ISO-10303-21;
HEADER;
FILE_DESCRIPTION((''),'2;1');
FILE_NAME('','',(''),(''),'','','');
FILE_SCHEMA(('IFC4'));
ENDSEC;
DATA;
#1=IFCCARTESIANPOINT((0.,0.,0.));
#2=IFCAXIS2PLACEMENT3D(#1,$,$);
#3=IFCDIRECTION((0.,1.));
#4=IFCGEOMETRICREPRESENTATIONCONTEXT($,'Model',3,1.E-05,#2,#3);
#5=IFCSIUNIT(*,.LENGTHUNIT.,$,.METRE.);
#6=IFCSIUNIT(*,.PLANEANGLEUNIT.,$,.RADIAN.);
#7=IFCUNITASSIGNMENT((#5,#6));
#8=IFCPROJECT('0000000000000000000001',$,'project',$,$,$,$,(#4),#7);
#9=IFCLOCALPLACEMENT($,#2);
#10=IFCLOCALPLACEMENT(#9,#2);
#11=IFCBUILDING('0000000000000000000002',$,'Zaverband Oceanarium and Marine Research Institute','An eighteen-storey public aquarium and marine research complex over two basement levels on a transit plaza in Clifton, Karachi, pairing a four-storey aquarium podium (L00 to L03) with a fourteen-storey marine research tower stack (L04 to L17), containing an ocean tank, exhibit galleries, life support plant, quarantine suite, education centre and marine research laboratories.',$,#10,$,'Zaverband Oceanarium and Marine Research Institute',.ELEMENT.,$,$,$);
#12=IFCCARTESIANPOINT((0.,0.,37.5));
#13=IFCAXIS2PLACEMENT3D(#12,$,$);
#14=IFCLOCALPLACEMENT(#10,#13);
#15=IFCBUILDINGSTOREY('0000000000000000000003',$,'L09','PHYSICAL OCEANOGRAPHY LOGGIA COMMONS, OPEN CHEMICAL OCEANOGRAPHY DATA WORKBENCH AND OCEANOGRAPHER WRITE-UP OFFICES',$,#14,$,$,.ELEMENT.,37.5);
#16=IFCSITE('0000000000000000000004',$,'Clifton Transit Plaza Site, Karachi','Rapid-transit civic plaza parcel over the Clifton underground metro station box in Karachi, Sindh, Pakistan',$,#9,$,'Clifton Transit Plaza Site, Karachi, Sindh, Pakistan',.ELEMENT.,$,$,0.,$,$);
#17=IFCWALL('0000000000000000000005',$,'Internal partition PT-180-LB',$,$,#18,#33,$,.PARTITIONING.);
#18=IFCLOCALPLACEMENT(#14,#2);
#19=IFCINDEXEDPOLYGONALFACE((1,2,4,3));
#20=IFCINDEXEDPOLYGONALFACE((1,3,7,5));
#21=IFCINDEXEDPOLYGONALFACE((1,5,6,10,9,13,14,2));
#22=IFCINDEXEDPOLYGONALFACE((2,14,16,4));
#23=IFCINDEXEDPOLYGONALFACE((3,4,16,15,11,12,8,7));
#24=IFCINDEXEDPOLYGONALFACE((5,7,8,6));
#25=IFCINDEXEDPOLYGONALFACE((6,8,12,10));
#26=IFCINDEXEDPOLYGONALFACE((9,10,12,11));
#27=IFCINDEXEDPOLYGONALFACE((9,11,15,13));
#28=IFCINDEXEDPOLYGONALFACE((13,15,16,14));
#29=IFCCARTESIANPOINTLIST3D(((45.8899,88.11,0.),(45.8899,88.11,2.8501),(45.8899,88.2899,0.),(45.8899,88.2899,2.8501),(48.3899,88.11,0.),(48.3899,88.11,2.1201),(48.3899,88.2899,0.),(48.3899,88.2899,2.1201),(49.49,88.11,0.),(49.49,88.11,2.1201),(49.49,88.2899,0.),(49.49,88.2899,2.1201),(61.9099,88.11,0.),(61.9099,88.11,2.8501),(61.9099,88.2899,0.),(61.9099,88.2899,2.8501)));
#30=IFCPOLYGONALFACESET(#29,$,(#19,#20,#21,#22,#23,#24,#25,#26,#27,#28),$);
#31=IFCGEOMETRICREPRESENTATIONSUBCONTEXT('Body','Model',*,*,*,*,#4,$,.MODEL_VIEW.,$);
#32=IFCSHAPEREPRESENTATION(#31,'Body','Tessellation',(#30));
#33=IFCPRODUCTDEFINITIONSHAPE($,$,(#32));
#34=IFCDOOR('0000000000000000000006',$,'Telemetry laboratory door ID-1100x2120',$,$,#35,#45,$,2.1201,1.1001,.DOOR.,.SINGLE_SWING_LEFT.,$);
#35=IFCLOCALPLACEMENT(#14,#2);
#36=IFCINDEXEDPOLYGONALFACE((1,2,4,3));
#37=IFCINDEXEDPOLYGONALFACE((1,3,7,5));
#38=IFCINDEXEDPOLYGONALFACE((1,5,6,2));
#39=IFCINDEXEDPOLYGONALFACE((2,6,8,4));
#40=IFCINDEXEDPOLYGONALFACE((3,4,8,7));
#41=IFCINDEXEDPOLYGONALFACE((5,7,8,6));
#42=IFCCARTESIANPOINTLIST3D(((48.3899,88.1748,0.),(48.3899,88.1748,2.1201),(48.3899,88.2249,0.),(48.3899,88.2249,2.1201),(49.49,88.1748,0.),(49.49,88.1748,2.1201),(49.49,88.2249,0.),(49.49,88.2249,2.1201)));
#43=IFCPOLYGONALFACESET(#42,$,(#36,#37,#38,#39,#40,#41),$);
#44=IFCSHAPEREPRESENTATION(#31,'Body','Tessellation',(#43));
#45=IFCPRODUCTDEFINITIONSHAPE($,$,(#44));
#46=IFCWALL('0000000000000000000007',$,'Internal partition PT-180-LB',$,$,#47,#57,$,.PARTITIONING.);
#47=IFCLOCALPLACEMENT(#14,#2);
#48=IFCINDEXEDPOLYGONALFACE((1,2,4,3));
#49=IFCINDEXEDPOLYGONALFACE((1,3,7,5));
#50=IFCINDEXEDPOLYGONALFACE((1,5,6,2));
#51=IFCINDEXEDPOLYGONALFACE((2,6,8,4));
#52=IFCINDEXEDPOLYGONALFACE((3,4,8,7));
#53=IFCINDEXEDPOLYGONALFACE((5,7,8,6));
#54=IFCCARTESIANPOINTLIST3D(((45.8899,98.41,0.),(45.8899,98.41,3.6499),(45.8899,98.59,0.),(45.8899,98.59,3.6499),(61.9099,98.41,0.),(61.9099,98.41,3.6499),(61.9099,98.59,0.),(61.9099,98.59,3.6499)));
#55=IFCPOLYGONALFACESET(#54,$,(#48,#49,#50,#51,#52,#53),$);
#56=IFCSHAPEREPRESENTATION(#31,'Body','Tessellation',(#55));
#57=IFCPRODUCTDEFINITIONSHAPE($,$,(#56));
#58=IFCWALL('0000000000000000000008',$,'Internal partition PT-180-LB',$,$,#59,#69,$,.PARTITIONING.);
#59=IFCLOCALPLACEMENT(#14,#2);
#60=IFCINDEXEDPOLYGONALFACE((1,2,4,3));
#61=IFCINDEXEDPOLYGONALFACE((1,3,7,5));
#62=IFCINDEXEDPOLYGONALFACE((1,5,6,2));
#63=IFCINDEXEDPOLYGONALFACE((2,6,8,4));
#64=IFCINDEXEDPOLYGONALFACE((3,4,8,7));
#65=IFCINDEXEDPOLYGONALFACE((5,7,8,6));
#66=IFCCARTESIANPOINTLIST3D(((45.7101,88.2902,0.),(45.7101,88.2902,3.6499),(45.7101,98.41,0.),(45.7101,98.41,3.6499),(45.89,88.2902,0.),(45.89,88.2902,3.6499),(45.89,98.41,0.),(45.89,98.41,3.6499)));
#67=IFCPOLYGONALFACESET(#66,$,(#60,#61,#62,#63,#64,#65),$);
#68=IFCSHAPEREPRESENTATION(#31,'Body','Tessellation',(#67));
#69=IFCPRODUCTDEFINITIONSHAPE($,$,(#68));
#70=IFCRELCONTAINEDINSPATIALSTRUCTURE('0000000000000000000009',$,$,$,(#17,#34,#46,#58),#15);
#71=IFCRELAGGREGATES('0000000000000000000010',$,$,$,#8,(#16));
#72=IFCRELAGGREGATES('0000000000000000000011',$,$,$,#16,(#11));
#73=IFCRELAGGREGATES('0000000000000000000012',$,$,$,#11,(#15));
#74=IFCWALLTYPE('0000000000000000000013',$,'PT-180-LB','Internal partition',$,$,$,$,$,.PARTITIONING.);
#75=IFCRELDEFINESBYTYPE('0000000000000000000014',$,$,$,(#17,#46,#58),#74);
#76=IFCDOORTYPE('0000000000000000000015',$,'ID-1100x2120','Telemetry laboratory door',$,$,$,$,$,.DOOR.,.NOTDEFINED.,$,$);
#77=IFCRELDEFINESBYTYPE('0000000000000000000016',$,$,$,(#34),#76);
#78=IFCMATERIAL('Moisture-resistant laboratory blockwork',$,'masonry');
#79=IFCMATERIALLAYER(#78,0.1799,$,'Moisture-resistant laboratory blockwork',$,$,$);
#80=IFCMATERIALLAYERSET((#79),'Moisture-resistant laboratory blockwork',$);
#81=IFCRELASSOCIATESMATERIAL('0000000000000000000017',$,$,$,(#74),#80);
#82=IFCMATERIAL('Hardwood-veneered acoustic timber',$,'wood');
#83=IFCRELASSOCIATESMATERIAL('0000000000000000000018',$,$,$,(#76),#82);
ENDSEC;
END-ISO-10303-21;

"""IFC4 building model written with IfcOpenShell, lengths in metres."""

from ifc_helpers import new_model, si_unit, direction, frame, frame_2d, origin, place, context, subcontext, project, spatial, rectangle, extrude, material, layer, layer_set, type_object, element, fill, save


model = new_model("IFC4")

# Units and contexts
model_context = context("Model", 3, precision=1e-05, world=origin(), true_north=direction((0.0, 1.0)))
body_context = subcontext(model_context, "Body", "Model", "MODEL_VIEW")
ifc_project = project(units=[si_unit("LENGTHUNIT", "METRE"), si_unit("PLANEANGLEUNIT", "RADIAN")], contexts=[model_context])

# Site, building, storey
site_placement = place(None, origin())
site = spatial("IfcSite", under=ifc_project, at=site_placement, Name="Clifton Transit Plaza Site, Karachi", Description="Rapid-transit civic plaza parcel over the Clifton underground metro station box in Karachi, Sindh, Pakistan", LongName="Clifton Transit Plaza Site, Karachi, Sindh, Pakistan", CompositionType="ELEMENT", RefElevation=0.0)
building_placement = place(site_placement, origin())
building = spatial("IfcBuilding", under=site, at=building_placement, Name="Zaverband Oceanarium and Marine Research Institute", Description="An eighteen-storey public aquarium and marine research complex over two basement levels on a transit plaza in Clifton, Karachi, pairing a four-storey aquarium podium (L00 to L03) with a fourteen-storey marine research tower stack (L04 to L17), containing an ocean tank, exhibit galleries, life support plant, quarantine suite, education centre and marine research laboratories.", LongName="Zaverband Oceanarium and Marine Research Institute", CompositionType="ELEMENT")
storey_placement = place(building_placement, frame((0.0, 0.0, 37.5)))
storey = spatial("IfcBuildingStorey", under=building, at=storey_placement, Name="L09", Description="PHYSICAL OCEANOGRAPHY LOGGIA COMMONS, OPEN CHEMICAL OCEANOGRAPHY DATA WORKBENCH AND OCEANOGRAPHER WRITE-UP OFFICES", CompositionType="ELEMENT", Elevation=37.5)

# Wall, opening, door
ifc_material_1 = material(Name="Hardwood-veneered acoustic timber", Category="wood")
ifc_material_2 = material(Name="Moisture-resistant laboratory blockwork", Category="masonry")
ifc_layer_1 = layer(ifc_material_2, 0.1799, Name="Moisture-resistant laboratory blockwork")
ifc_layer_set_1 = layer_set([ifc_layer_1], Name="Moisture-resistant laboratory blockwork")
wall_type_1 = type_object("IfcWallType", Name="PT-180-LB", Description="Internal partition", PredefinedType="PARTITIONING", material=ifc_layer_set_1)
wall_1_placement = place(storey_placement, frame((45.8899, 88.2, 0.0), z_axis=(0.0, 0.0, 1.0), x_axis=(1.0, 0.0, 0.0)))
wall_1 = element("IfcWall", 1, at=wall_1_placement, inside=storey, type_object=wall_type_1, Name="Internal partition PT-180-LB", PredefinedType="PARTITIONING", context=body_context, shape_type="SweptSolid", body=[
    extrude(rectangle(XDim=16.02, YDim=0.1799, at=frame_2d((8.01, 0.0))), origin(), (0.0, 0.0, 1.0), 2.8501),
])
opening_1_placement = place(wall_1_placement, frame((2.5, 0.0, 0.0)))
opening_1 = element("IfcOpeningElement", 2, at=opening_1_placement, cuts=wall_1, PredefinedType="OPENING", context=body_context, shape_type="SweptSolid", body=[
    extrude(rectangle(XDim=1.1001, YDim=2.1201, at=frame_2d((0.55, 1.0601))), frame((0.0, 0.1021, 0.0), z_axis=(0.0, -1.0, 0.0), x_axis=(1.0, 0.0, 0.0)), (0.0, 0.0, 1.0), 0.2039),
])
door_type_1 = type_object("IfcDoorType", Name="ID-1100x2120", Description="Telemetry laboratory door", OperationType="NOTDEFINED", PredefinedType="DOOR", material=ifc_material_1)
door_1_placement = place(opening_1_placement, origin())
door_1 = element("IfcDoor", 3, at=door_1_placement, inside=storey, type_object=door_type_1, Name="Telemetry laboratory door ID-1100x2120", OperationType="SINGLE_SWING_LEFT", OverallHeight=2.1201, OverallWidth=1.1001, PredefinedType="DOOR", context=body_context, shape_type="SweptSolid", body=[
    extrude(rectangle(XDim=1.1001, YDim=2.1201, at=frame_2d((0.55, 1.0601))), frame((0.0, 0.0249, 0.0), z_axis=(0.0, -1.0, 0.0), x_axis=(1.0, 0.0, 0.0)), (0.0, 0.0, 1.0), 0.05),
])
fill(opening_1, door_1)

# Walls
wall_2_placement = place(storey_placement, frame((45.8899, 98.5, 0.0), z_axis=(0.0, 0.0, 1.0), x_axis=(1.0, 0.0, 0.0)))
element("IfcWall", 4, at=wall_2_placement, inside=storey, type_object=wall_type_1, Name="Internal partition PT-180-LB", PredefinedType="PARTITIONING", context=body_context, shape_type="SweptSolid", body=[
    extrude(rectangle(XDim=16.02, YDim=0.1799, at=frame_2d((8.01, 0.0))), origin(), (0.0, 0.0, 1.0), 3.6499),
])
wall_3_placement = place(storey_placement, frame((45.8, 88.29, 0.0), z_axis=(0.0, 0.0, 1.0), x_axis=(0.0, 1.0, 0.0)))
element("IfcWall", 5, at=wall_3_placement, inside=storey, type_object=wall_type_1, Name="Internal partition PT-180-LB", PredefinedType="PARTITIONING", context=body_context, shape_type="SweptSolid", body=[
    extrude(rectangle(XDim=10.1199, YDim=0.1799, at=frame_2d((5.0601, 0.0))), origin(), (0.0, 0.0, 1.0), 3.6499),
])

save(model, "model.ifc")
